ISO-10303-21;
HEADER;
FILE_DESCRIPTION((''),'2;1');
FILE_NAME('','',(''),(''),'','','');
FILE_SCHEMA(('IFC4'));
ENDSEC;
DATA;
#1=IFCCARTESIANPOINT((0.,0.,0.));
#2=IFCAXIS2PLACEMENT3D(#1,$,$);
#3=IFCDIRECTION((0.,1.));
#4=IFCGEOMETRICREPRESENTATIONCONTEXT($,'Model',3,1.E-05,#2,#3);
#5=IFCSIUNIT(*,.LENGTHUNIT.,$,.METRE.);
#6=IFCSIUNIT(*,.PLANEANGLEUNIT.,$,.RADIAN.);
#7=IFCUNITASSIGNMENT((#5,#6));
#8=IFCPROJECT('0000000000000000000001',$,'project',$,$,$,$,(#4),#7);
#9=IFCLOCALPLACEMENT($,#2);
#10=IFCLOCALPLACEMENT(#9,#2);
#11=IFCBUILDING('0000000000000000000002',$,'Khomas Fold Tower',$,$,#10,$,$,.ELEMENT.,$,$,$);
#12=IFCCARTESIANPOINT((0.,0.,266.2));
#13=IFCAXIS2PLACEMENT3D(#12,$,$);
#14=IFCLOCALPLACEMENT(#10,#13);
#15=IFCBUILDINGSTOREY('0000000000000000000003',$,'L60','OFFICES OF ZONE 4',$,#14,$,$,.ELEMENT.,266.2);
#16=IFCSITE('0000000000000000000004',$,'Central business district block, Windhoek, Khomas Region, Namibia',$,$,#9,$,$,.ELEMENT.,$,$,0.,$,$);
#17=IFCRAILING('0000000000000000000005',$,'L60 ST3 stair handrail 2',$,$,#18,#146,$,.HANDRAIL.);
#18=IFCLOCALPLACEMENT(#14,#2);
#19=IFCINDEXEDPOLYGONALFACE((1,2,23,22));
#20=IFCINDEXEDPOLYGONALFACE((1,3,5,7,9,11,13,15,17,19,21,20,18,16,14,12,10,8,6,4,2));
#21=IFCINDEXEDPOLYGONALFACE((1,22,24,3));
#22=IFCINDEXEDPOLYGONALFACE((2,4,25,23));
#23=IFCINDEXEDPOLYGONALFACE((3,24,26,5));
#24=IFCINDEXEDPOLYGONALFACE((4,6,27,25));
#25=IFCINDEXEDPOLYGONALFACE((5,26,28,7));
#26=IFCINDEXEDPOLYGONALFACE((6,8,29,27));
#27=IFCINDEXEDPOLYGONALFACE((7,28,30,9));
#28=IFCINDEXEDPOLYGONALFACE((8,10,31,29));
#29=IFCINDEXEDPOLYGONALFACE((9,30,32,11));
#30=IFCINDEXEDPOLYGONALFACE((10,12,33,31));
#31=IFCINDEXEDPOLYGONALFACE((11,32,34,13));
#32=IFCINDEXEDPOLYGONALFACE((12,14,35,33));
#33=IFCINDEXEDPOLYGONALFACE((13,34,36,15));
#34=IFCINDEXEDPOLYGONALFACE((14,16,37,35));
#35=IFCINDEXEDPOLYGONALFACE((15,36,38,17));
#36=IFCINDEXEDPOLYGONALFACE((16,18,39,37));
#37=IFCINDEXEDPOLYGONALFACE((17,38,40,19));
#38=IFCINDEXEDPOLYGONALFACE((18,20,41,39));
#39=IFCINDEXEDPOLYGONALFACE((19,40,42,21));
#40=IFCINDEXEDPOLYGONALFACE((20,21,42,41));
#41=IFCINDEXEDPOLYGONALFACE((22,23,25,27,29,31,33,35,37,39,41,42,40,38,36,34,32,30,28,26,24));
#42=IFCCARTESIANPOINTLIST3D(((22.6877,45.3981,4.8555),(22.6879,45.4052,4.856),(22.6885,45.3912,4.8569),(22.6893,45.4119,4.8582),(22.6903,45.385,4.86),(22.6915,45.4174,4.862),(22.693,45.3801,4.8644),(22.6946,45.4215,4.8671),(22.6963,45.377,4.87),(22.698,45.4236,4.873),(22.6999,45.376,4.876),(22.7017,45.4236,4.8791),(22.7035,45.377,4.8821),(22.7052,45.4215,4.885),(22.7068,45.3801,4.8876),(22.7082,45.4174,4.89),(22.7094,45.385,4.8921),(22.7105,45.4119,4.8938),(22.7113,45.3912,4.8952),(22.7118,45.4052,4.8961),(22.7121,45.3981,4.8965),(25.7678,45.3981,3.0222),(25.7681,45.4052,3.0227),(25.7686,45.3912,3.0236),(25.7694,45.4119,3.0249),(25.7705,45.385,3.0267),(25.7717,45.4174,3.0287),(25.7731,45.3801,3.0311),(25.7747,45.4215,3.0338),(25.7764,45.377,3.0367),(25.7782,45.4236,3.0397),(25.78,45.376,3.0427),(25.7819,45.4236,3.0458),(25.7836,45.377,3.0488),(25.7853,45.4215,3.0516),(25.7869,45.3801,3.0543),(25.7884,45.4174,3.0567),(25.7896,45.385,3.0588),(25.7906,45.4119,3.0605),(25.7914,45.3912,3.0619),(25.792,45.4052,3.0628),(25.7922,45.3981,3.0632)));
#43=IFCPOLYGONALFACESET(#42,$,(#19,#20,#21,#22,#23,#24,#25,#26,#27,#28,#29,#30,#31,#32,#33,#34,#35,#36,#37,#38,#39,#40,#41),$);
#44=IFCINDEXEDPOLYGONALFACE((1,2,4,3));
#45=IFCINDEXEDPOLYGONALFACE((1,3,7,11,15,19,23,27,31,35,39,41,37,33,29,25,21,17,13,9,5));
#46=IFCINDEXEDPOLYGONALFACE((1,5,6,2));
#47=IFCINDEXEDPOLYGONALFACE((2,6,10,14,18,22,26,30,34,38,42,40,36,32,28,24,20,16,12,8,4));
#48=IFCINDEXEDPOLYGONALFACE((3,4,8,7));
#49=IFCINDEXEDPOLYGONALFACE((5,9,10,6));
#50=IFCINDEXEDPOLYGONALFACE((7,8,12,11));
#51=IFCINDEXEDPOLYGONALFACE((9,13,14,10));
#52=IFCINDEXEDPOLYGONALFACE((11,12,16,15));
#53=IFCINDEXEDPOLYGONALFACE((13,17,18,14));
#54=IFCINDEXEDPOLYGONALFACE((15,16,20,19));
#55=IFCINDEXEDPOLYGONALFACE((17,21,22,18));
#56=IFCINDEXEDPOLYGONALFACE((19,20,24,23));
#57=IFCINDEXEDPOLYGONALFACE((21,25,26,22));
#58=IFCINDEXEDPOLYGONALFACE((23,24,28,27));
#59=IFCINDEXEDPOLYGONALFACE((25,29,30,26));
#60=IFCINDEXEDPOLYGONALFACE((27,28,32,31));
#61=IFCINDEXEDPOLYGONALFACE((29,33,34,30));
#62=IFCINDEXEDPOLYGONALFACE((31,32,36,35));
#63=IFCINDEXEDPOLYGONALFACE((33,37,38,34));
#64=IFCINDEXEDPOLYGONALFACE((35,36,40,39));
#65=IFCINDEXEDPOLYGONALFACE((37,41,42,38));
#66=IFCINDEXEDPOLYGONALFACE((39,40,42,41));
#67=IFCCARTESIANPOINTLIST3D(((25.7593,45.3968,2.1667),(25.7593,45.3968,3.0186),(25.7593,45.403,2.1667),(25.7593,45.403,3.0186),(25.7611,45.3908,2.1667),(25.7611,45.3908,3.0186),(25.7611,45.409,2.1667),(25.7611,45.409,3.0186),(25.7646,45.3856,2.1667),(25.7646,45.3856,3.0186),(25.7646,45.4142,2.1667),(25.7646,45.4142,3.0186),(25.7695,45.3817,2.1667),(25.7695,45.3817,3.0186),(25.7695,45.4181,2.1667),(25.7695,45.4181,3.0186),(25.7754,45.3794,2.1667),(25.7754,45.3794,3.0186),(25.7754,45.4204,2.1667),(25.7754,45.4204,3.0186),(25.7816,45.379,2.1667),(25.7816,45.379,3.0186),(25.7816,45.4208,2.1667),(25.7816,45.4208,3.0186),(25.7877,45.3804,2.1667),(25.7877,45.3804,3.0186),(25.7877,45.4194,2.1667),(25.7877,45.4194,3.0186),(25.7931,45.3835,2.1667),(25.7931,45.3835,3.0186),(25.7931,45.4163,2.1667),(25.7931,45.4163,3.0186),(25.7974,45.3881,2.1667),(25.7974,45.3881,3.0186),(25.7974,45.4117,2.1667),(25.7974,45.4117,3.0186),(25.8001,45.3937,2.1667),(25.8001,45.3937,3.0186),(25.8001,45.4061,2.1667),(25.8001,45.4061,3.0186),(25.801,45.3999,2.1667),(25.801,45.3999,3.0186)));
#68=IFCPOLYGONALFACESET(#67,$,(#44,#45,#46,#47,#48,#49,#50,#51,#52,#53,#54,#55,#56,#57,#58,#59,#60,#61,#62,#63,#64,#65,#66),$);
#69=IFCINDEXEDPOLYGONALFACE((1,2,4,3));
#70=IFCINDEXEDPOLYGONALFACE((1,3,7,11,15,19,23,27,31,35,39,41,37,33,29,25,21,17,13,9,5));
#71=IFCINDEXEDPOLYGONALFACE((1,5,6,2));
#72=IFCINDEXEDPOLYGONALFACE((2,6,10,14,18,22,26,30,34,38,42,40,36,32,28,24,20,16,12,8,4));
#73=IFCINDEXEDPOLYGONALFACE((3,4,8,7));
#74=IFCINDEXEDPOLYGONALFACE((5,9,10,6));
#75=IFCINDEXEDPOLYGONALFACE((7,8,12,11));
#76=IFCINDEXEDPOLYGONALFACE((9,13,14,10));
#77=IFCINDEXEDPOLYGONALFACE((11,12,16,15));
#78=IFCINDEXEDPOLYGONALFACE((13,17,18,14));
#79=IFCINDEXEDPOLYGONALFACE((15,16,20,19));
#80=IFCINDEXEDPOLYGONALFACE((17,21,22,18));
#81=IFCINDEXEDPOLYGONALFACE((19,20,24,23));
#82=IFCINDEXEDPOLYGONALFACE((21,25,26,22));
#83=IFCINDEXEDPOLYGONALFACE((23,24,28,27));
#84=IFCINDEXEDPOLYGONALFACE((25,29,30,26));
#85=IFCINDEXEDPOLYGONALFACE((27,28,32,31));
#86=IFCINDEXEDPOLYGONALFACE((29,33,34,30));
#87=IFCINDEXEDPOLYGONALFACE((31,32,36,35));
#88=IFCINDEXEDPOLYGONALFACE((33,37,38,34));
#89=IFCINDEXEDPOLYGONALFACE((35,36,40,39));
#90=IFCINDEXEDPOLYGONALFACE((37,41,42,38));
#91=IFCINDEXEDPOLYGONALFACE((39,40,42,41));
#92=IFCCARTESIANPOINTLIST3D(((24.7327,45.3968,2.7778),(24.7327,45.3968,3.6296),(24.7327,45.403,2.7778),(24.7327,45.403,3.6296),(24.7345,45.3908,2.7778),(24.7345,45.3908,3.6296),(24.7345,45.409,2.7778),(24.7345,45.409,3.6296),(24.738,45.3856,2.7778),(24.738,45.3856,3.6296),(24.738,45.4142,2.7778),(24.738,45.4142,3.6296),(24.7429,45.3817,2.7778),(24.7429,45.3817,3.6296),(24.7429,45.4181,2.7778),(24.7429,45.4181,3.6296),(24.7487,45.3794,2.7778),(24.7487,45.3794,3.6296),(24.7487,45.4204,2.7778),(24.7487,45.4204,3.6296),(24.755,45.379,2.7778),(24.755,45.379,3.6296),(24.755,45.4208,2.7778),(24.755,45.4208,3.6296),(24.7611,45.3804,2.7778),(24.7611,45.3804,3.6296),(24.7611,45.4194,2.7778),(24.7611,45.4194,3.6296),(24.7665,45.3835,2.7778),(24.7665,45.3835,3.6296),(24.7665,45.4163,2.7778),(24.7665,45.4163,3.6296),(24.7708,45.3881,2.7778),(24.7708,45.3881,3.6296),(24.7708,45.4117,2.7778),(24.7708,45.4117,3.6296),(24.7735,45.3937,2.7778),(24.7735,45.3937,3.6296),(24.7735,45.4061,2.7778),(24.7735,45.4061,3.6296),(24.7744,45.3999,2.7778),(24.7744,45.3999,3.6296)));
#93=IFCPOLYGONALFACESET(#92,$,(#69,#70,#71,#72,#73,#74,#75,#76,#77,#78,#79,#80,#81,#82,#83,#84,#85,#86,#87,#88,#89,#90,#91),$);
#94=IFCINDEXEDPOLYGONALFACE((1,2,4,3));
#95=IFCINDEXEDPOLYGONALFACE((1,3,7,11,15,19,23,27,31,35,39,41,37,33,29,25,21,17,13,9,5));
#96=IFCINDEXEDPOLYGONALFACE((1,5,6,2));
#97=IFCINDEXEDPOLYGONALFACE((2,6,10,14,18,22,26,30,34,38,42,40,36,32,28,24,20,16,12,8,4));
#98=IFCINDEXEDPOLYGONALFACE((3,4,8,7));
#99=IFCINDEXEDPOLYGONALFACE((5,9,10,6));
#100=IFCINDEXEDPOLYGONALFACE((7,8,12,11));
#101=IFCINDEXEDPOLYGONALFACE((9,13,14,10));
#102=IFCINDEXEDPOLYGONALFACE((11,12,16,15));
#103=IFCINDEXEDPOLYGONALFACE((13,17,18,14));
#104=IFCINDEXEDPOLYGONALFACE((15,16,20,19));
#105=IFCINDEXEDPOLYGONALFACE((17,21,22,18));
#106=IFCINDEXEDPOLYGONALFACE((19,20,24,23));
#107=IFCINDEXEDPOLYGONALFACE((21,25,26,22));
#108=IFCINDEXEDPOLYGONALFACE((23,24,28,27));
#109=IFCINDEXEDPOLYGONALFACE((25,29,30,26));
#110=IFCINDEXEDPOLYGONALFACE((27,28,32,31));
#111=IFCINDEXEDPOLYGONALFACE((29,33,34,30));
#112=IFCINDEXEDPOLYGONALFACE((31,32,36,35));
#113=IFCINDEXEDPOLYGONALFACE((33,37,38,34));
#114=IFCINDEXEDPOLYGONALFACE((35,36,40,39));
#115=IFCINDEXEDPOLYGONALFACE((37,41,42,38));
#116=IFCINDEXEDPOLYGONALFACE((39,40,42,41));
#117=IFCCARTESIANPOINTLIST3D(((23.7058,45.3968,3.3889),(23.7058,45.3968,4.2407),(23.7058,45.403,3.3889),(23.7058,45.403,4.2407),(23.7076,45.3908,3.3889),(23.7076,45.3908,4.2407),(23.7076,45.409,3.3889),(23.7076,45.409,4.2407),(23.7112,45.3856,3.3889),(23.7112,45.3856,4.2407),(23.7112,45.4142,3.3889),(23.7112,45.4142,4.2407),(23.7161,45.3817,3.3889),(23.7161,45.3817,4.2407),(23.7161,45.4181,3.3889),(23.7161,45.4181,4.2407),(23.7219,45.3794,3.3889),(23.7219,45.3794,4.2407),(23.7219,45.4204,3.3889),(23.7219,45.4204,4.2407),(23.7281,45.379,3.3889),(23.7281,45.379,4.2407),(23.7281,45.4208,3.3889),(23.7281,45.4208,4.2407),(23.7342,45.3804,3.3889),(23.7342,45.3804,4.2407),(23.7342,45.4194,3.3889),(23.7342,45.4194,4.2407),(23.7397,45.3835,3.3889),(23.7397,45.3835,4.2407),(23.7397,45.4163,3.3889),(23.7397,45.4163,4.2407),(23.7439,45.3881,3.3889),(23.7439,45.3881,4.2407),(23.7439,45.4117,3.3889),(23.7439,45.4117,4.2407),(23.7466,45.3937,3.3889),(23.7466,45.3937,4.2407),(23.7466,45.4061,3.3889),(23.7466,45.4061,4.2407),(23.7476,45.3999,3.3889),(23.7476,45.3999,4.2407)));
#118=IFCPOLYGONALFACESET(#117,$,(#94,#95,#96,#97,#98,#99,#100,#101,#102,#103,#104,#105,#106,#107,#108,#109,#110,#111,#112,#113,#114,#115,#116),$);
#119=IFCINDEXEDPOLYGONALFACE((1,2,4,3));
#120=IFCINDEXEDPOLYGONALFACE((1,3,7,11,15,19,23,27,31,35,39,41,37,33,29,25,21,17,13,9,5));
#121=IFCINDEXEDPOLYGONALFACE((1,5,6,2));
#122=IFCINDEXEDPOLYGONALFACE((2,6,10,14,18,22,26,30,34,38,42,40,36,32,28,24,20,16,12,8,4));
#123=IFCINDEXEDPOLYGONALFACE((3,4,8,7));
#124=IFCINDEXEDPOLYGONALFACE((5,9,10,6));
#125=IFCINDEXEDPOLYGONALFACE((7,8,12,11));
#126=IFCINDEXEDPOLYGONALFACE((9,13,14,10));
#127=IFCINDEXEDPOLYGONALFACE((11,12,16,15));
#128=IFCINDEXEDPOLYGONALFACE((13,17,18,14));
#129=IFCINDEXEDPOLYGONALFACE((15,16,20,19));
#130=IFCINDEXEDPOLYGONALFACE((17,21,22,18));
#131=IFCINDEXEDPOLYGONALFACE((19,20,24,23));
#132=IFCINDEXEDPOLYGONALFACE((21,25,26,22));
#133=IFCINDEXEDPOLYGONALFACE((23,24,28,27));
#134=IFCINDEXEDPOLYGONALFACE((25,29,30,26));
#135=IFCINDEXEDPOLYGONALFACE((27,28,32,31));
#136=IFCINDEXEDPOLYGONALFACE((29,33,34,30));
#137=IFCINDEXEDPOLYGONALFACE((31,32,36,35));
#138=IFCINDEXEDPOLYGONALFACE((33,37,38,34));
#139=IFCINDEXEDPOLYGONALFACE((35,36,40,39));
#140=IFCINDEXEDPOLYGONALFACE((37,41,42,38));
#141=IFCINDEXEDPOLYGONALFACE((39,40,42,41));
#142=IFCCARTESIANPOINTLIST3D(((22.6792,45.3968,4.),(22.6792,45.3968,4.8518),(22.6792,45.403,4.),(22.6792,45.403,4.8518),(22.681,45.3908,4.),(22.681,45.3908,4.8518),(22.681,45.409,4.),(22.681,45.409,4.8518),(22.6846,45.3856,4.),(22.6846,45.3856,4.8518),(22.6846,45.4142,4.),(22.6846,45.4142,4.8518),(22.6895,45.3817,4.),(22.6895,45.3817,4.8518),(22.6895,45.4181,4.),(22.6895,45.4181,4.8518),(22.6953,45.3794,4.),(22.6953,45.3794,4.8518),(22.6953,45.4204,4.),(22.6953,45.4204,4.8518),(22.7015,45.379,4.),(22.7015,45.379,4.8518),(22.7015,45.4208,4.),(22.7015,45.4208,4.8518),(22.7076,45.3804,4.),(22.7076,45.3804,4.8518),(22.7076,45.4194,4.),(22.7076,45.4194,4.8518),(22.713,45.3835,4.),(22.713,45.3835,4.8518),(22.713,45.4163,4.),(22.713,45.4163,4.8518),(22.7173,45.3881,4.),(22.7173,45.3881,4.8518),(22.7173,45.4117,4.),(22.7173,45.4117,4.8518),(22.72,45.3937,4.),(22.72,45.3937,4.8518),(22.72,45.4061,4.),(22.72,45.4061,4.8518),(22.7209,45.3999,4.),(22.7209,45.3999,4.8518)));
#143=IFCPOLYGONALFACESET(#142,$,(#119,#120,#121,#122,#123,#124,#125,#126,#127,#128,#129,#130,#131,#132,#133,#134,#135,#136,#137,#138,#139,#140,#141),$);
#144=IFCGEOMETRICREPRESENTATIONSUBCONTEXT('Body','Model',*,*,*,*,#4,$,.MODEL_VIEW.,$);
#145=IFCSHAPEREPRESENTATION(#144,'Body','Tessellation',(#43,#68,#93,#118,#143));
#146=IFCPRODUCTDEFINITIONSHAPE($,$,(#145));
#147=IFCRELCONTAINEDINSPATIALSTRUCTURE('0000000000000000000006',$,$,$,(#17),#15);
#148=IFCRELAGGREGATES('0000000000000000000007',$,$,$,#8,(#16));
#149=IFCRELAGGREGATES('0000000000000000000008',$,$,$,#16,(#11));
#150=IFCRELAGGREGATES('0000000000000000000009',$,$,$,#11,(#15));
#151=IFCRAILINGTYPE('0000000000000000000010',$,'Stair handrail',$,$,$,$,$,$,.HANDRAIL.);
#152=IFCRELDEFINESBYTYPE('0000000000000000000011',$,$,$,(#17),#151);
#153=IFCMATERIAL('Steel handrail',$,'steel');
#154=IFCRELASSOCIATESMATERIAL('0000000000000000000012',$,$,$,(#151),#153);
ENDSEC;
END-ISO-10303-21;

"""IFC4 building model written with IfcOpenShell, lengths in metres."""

from ifc_helpers import new_model, si_unit, direction, frame, origin, origin_2d, place, context, subcontext, project, spatial, circle, extrude, source, transform, mapped, material, type_object, element, save


model = new_model("IFC4")

# Units and contexts
model_context = context("Model", 3, precision=1e-05, world=origin(), true_north=direction((0.0, 1.0)))
body_context = subcontext(model_context, "Body", "Model", "MODEL_VIEW")
ifc_project = project(units=[si_unit("LENGTHUNIT", "METRE"), si_unit("PLANEANGLEUNIT", "RADIAN")], contexts=[model_context])

# Site, building, storey
site_placement = place(None, origin())
site = spatial("IfcSite", under=ifc_project, at=site_placement, Name="Central business district block, Windhoek, Khomas Region, Namibia", CompositionType="ELEMENT", RefElevation=0.0)
building_placement = place(site_placement, origin())
building = spatial("IfcBuilding", under=site, at=building_placement, Name="Khomas Fold Tower", CompositionType="ELEMENT")
storey_placement = place(building_placement, frame((0.0, 0.0, 266.2)))
storey = spatial("IfcBuildingStorey", under=building, at=storey_placement, Name="L60", Description="OFFICES OF ZONE 4", CompositionType="ELEMENT", Elevation=266.2)

# Railing
ifc_material_1 = material(Name="Steel handrail", Category="steel")
railing_type_1 = type_object("IfcRailingType", Name="Stair handrail", PredefinedType="HANDRAIL", material=ifc_material_1)
shared_shape_1 = source(origin(), body_context, "Body", "SweptSolid", [
    extrude(circle(Radius=0.0239, at=origin_2d()), frame((0.0, 0.0, 0.876), z_axis=(-0.859309, 0.0, 0.511458), x_axis=(0.0, -1.0, 0.0)), (0.0, 0.0, 1.0), 3.5845),
    extrude(circle(Radius=0.021, at=origin_2d()), origin(), (0.0, 0.0, 1.0), 0.8518),
    extrude(circle(Radius=0.021, at=origin_2d()), frame((-1.0266, 0.0, 0.6111)), (0.0, 0.0, 1.0), 0.8518),
    extrude(circle(Radius=0.021, at=origin_2d()), frame((-2.0535, 0.0, 1.2222)), (0.0, 0.0, 1.0), 0.8518),
    extrude(circle(Radius=0.021, at=origin_2d()), frame((-3.0801, 0.0, 1.8333)), (0.0, 0.0, 1.0), 0.8518),
])
railing_1_placement = place(storey_placement, frame((25.78, 45.3999, 2.1667)))
element("IfcRailing", 1, at=railing_1_placement, inside=storey, type_object=railing_type_1, Name="L60 ST3 stair handrail 2", PredefinedType="HANDRAIL", context=body_context, shape_type="MappedRepresentation", body=[
    mapped(shared_shape_1, transform((0.0, 0.0, 0.0))),
])

save(model, "model.ifc")
